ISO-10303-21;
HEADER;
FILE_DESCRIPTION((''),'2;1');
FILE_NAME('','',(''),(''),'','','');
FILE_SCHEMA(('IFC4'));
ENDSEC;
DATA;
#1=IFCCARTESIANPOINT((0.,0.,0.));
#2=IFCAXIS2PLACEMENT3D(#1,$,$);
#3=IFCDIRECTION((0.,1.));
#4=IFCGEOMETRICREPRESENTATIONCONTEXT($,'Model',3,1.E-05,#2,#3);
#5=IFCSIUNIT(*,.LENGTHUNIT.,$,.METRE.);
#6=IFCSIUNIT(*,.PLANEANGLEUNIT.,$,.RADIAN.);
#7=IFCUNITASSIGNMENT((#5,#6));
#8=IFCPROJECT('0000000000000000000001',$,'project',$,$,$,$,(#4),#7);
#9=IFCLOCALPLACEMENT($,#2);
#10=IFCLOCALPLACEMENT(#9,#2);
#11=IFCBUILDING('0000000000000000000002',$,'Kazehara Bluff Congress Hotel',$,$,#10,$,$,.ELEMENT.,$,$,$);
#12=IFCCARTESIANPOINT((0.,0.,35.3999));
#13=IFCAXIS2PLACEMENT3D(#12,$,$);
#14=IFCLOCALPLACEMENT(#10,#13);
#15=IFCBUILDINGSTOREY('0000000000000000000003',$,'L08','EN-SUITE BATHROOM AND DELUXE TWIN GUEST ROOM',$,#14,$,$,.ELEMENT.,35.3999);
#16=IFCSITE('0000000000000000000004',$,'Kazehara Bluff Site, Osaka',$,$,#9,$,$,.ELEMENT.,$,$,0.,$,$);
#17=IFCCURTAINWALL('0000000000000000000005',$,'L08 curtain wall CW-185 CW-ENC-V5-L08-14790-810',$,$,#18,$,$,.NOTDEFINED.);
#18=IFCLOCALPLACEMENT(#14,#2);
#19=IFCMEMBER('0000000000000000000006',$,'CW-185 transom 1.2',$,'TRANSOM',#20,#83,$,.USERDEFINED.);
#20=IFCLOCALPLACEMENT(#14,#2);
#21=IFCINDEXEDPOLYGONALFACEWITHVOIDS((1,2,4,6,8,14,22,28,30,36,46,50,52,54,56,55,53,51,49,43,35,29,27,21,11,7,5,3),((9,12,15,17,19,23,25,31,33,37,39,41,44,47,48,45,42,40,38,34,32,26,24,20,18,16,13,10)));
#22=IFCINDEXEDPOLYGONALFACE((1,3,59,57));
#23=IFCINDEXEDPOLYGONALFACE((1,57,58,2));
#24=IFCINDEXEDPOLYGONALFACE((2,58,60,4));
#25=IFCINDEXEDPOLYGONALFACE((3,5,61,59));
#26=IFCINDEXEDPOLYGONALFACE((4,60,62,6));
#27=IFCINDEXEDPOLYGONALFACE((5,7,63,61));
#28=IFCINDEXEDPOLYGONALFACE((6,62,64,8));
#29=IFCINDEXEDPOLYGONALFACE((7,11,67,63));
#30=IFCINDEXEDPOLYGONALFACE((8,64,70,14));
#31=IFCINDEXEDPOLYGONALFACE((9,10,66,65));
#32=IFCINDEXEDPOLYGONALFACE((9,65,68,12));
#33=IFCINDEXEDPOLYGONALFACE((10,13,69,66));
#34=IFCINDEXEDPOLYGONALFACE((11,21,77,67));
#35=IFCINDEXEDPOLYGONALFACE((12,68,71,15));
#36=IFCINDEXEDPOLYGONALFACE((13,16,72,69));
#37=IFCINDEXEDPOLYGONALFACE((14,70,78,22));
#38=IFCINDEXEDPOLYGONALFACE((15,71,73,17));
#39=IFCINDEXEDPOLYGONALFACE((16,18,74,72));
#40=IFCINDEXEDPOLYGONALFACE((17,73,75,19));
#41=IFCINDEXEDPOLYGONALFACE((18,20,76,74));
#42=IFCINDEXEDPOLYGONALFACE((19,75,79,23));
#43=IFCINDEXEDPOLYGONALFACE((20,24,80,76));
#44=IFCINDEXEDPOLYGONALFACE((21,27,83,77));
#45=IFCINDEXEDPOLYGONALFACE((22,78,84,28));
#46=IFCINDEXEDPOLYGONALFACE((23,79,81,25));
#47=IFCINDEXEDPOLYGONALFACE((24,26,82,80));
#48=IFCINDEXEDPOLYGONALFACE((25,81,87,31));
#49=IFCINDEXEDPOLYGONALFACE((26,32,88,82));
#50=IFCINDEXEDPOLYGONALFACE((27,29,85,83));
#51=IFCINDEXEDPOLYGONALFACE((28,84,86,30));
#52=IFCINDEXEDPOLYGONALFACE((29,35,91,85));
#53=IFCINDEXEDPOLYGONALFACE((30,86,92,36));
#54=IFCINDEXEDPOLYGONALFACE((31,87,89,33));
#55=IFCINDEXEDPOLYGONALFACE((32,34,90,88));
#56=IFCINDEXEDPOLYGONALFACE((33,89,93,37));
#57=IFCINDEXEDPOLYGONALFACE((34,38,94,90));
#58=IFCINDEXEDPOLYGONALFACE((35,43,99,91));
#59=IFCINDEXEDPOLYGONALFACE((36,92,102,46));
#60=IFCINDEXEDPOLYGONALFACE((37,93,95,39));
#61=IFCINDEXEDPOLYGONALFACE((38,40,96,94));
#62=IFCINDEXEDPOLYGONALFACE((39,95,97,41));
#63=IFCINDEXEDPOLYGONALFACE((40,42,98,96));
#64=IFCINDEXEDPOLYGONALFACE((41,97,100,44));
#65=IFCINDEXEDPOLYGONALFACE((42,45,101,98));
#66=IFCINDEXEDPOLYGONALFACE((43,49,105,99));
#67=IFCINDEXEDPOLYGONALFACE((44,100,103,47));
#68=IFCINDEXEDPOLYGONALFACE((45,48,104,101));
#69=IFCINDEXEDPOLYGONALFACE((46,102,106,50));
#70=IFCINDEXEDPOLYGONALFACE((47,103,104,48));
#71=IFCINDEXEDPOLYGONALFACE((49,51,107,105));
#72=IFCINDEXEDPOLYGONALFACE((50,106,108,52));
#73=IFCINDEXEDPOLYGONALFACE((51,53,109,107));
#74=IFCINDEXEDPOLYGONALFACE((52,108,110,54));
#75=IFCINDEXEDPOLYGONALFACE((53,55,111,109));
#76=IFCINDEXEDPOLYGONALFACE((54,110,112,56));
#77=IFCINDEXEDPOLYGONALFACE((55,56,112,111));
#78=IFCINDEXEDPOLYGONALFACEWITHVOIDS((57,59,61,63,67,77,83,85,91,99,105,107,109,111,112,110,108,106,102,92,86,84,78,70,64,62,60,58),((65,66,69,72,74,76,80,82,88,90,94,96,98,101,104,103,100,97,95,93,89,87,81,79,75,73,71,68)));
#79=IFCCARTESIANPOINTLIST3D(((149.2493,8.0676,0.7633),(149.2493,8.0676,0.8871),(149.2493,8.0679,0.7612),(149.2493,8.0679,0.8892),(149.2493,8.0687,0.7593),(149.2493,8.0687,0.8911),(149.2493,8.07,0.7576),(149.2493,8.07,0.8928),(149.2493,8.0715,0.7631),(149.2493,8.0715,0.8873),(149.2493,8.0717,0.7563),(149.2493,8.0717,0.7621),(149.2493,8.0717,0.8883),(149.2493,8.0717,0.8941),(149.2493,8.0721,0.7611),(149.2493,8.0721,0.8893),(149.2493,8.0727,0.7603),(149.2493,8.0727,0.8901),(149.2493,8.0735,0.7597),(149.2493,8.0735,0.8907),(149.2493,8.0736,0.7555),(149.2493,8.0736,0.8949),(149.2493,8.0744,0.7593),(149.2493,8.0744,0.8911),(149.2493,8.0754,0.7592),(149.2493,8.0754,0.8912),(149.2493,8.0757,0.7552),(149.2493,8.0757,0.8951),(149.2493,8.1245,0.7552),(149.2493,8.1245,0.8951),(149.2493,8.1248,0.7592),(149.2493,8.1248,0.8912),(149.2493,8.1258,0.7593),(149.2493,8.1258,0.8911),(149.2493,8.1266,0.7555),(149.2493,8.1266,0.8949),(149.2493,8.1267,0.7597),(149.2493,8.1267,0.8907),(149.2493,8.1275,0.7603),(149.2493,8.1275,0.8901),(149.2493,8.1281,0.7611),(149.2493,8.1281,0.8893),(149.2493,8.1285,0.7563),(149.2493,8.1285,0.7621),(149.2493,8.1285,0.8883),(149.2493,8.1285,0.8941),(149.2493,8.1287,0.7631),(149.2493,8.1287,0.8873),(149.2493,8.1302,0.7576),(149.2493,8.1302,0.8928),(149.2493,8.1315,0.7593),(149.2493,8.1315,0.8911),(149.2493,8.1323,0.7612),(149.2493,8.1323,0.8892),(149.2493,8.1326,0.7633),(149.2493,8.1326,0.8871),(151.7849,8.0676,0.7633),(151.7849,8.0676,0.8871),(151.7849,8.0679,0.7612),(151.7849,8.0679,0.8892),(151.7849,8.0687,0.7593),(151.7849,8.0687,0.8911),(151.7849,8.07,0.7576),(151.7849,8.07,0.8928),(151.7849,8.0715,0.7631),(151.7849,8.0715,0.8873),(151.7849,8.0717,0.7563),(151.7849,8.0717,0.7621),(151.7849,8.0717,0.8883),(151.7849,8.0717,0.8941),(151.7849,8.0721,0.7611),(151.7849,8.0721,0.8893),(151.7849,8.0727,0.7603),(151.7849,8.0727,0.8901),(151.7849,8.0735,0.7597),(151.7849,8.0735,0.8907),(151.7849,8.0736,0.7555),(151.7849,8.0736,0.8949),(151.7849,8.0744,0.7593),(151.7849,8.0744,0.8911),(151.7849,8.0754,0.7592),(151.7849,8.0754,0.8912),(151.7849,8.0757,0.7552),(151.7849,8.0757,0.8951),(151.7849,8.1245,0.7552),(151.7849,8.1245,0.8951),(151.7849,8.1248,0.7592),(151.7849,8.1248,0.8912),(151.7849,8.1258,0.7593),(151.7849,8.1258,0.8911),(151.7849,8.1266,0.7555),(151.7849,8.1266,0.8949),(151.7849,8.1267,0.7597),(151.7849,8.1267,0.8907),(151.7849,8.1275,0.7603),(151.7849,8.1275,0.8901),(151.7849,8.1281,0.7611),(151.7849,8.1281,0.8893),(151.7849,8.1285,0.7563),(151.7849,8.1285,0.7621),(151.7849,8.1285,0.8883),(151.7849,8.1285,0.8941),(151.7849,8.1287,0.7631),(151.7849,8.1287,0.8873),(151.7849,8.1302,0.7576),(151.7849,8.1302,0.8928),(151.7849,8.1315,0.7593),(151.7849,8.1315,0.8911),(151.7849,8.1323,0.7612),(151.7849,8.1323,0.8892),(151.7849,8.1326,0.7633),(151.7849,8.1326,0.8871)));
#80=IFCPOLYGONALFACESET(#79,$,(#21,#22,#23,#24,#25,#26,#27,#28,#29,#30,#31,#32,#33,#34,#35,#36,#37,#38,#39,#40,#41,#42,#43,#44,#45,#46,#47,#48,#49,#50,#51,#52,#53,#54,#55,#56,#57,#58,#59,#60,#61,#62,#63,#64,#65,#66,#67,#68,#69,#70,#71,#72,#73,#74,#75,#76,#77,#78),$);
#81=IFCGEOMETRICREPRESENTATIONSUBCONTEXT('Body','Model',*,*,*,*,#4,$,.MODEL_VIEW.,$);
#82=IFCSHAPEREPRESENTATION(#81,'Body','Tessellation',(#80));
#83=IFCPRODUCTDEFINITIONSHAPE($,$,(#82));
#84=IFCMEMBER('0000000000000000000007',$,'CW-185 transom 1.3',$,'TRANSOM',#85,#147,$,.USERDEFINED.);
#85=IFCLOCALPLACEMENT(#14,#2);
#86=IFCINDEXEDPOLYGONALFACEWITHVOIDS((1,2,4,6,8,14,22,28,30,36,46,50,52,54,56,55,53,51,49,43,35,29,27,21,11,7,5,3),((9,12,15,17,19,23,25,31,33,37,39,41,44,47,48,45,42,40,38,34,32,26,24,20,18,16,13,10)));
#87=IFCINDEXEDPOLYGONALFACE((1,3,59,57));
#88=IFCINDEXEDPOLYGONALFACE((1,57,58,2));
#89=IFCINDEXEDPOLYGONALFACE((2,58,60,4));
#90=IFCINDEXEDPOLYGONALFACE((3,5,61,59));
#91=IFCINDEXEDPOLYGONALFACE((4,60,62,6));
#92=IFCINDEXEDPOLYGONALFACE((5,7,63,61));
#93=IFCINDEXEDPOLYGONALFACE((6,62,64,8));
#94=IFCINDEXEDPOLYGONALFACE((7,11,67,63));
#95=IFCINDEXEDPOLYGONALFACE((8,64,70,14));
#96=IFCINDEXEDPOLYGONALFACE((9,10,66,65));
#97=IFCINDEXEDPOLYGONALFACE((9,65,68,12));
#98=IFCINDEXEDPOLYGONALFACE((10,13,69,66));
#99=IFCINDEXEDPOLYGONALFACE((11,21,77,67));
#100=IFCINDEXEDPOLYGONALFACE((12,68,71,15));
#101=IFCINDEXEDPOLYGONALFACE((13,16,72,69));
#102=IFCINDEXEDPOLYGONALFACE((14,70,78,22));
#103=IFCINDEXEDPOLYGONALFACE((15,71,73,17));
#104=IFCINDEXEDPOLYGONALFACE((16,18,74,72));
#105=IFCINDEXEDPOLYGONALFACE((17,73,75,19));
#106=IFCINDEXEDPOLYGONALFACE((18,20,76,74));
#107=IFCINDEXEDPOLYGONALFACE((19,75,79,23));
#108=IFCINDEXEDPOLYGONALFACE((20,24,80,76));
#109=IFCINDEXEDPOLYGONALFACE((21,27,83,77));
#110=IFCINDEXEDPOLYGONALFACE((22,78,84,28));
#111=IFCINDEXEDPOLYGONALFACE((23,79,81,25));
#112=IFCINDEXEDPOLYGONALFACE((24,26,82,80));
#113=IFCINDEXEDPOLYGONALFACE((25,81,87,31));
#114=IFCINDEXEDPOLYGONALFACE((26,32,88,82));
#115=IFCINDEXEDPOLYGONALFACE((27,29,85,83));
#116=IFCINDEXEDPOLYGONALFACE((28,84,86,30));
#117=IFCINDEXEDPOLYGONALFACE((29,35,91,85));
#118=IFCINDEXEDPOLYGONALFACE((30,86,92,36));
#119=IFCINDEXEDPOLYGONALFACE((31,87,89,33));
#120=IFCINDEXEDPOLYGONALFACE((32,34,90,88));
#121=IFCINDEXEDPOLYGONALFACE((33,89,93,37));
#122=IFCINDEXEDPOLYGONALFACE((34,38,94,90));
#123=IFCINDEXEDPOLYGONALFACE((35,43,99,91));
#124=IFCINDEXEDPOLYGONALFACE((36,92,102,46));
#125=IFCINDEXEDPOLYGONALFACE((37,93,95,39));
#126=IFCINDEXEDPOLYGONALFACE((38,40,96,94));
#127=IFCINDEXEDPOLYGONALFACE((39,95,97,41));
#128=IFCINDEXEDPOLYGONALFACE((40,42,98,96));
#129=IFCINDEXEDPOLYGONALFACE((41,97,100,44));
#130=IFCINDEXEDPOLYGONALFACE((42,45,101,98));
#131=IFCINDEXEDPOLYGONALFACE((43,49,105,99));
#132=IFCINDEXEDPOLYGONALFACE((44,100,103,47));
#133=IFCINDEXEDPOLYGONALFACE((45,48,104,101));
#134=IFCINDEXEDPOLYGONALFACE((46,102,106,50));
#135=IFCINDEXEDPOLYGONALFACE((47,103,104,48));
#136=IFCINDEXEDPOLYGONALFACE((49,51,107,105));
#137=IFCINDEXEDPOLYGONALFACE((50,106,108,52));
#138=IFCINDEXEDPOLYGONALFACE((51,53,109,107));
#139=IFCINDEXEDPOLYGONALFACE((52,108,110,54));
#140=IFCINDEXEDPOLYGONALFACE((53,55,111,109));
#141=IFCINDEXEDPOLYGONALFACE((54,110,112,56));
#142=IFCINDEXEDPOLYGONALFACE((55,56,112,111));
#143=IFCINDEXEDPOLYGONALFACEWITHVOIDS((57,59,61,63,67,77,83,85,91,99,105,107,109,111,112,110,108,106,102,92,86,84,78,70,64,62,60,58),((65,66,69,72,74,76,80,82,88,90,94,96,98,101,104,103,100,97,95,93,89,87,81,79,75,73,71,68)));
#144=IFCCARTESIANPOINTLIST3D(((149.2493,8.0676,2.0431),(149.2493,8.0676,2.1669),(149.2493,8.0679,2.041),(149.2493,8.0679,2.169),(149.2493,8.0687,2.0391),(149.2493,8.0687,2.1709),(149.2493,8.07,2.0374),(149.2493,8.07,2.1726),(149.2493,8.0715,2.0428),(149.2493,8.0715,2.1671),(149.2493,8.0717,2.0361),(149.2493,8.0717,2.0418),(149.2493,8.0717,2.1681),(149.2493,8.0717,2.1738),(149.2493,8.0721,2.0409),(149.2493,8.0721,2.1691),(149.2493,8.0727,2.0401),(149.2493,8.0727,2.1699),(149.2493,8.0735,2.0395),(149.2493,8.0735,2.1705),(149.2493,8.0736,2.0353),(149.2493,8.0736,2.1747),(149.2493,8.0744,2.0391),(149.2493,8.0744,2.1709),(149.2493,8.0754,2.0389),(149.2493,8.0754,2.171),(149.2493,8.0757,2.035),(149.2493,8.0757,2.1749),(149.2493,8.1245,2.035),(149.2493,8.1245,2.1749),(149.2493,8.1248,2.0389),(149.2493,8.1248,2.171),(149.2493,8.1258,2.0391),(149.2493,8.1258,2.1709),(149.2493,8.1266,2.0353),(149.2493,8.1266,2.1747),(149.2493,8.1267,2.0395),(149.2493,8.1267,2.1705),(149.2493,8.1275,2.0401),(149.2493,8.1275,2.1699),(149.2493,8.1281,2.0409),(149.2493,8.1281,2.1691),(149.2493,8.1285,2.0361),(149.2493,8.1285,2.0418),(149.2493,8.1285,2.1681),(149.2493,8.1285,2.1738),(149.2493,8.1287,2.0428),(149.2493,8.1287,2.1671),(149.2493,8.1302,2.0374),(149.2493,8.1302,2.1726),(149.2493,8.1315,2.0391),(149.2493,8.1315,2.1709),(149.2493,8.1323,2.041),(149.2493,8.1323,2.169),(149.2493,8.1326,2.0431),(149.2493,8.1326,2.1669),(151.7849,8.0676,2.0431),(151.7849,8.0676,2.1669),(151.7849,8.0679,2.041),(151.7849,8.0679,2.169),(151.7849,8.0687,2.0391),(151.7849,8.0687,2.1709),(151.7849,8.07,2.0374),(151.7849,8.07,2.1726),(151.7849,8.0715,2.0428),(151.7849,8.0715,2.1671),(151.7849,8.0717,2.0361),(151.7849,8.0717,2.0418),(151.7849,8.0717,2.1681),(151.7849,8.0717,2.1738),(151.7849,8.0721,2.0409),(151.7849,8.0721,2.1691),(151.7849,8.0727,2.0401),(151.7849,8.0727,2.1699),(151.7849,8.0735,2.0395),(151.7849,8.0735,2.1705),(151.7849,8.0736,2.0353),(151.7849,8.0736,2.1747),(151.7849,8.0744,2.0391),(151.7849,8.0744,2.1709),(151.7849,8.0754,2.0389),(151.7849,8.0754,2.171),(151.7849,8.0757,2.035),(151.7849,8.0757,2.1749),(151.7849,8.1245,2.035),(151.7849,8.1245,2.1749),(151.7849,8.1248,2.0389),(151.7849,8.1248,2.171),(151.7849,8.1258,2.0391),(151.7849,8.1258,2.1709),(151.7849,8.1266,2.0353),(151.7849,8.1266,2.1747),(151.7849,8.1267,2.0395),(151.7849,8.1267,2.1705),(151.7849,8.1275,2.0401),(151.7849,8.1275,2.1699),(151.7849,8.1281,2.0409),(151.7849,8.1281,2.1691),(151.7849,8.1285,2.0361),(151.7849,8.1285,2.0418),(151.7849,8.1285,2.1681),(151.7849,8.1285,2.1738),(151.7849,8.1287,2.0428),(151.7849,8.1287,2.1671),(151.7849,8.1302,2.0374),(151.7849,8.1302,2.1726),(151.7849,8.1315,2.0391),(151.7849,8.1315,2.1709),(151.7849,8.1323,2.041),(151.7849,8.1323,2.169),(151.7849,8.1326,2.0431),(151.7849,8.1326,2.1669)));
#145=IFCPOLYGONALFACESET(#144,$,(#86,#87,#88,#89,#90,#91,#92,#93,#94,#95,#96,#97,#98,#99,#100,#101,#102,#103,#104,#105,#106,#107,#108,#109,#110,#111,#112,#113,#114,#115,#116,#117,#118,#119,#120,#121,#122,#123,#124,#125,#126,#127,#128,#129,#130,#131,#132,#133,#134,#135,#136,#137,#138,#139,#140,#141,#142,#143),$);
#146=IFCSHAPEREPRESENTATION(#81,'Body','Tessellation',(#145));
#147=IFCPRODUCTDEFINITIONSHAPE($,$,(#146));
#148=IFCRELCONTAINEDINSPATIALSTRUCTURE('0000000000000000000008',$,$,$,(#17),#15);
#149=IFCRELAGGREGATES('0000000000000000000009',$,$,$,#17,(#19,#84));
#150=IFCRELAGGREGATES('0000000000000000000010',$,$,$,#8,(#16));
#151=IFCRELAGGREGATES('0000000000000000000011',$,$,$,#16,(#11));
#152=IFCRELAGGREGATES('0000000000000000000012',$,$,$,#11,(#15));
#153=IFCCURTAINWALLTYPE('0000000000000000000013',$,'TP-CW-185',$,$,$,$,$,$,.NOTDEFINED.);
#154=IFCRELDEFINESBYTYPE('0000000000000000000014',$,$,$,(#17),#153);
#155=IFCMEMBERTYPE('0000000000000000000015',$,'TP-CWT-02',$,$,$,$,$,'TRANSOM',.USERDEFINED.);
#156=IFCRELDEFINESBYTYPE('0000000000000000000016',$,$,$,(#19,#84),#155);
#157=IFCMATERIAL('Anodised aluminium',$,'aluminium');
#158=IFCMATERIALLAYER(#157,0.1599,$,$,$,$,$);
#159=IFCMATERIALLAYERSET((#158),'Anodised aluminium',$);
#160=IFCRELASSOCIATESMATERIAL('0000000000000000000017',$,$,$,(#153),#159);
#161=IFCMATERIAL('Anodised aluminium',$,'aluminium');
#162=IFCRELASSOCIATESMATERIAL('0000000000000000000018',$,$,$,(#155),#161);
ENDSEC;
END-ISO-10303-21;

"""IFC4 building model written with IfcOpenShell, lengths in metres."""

from ifc_helpers import new_model, si_unit, direction, frame, origin, origin_2d, place, context, subcontext, project, spatial, hollow_rectangle, extrude, material, layer, layer_set, material_profile, profile_set, type_object, element, aggregate, save


model = new_model("IFC4")

# Units and contexts
model_context = context("Model", 3, precision=1e-05, world=origin(), true_north=direction((0.0, 1.0)))
body_context = subcontext(model_context, "Body", "Model", "MODEL_VIEW")
ifc_project = project(units=[si_unit("LENGTHUNIT", "METRE"), si_unit("PLANEANGLEUNIT", "RADIAN")], contexts=[model_context])

# Site, building, storey
site_placement = place(None, origin())
site = spatial("IfcSite", under=ifc_project, at=site_placement, Name="Kazehara Bluff Site, Osaka", CompositionType="ELEMENT", RefElevation=0.0)
building_placement = place(site_placement, origin())
building = spatial("IfcBuilding", under=site, at=building_placement, Name="Kazehara Bluff Congress Hotel", CompositionType="ELEMENT")
storey_placement = place(building_placement, frame((0.0, 0.0, 35.3999)))
storey = spatial("IfcBuildingStorey", under=building, at=storey_placement, Name="L08", Description="EN-SUITE BATHROOM AND DELUXE TWIN GUEST ROOM", CompositionType="ELEMENT", Elevation=35.3999)

# Curtain wall
ifc_material_1 = material(Name="Anodised aluminium", Category="aluminium")
ifc_layer_1 = layer(ifc_material_1, 0.1599)
ifc_layer_set_1 = layer_set([ifc_layer_1], Name="Anodised aluminium")
curtain_wall_type = type_object("IfcCurtainWallType", Name="TP-CW-185", PredefinedType="NOTDEFINED", material=ifc_layer_set_1)
curtain_wall_1_placement = place(storey_placement, origin())
curtain_wall_1 = element("IfcCurtainWall", 1, at=curtain_wall_1_placement, inside=storey, type_object=curtain_wall_type, Name="L08 curtain wall CW-185 CW-ENC-V5-L08-14790-810", PredefinedType="NOTDEFINED")

# Members
ifc_material_2 = material(Name="Anodised aluminium", Category="aluminium")
ifc_material_profile_1 = material_profile(ifc_material_2, hollow_rectangle(XDim=0.0649, YDim=0.1399, WallThickness=0.0039, InnerFilletRadius=0.0039, OuterFilletRadius=0.0081, at=origin_2d()))
ifc_profile_set_1 = profile_set([ifc_material_profile_1], Name="Anodised aluminium")
member_type_1 = type_object("IfcMemberType", Name="TP-CWT-02", ElementType="TRANSOM", PredefinedType="USERDEFINED", material=ifc_profile_set_1)
member_1_placement = place(storey_placement, frame((151.7849, 8.1001, 0.8252), z_axis=(-1.0, 0.0, 0.0), x_axis=(0.0, -1.0, 0.0)))
member_1 = element("IfcMember", 2, at=member_1_placement, type_object=member_type_1, Name="CW-185 transom 1.2", ObjectType="TRANSOM", PredefinedType="USERDEFINED", context=body_context, shape_type="SweptSolid", body=[
    extrude(hollow_rectangle(XDim=0.0649, YDim=0.1399, WallThickness=0.0039, InnerFilletRadius=0.0039, OuterFilletRadius=0.0081, at=origin_2d()), origin(), (0.0, 0.0, 1.0), 2.5356),
])
member_2_placement = place(storey_placement, frame((151.7849, 8.1001, 2.105), z_axis=(-1.0, 0.0, 0.0), x_axis=(0.0, -1.0, 0.0)))
member_2 = element("IfcMember", 3, at=member_2_placement, type_object=member_type_1, Name="CW-185 transom 1.3", ObjectType="TRANSOM", PredefinedType="USERDEFINED", context=body_context, shape_type="SweptSolid", body=[
    extrude(hollow_rectangle(XDim=0.0649, YDim=0.1399, WallThickness=0.0039, InnerFilletRadius=0.0039, OuterFilletRadius=0.0081, at=origin_2d()), origin(), (0.0, 0.0, 1.0), 2.5356),
])
aggregate(curtain_wall_1, [member_1, member_2])

save(model, "model.ifc")
